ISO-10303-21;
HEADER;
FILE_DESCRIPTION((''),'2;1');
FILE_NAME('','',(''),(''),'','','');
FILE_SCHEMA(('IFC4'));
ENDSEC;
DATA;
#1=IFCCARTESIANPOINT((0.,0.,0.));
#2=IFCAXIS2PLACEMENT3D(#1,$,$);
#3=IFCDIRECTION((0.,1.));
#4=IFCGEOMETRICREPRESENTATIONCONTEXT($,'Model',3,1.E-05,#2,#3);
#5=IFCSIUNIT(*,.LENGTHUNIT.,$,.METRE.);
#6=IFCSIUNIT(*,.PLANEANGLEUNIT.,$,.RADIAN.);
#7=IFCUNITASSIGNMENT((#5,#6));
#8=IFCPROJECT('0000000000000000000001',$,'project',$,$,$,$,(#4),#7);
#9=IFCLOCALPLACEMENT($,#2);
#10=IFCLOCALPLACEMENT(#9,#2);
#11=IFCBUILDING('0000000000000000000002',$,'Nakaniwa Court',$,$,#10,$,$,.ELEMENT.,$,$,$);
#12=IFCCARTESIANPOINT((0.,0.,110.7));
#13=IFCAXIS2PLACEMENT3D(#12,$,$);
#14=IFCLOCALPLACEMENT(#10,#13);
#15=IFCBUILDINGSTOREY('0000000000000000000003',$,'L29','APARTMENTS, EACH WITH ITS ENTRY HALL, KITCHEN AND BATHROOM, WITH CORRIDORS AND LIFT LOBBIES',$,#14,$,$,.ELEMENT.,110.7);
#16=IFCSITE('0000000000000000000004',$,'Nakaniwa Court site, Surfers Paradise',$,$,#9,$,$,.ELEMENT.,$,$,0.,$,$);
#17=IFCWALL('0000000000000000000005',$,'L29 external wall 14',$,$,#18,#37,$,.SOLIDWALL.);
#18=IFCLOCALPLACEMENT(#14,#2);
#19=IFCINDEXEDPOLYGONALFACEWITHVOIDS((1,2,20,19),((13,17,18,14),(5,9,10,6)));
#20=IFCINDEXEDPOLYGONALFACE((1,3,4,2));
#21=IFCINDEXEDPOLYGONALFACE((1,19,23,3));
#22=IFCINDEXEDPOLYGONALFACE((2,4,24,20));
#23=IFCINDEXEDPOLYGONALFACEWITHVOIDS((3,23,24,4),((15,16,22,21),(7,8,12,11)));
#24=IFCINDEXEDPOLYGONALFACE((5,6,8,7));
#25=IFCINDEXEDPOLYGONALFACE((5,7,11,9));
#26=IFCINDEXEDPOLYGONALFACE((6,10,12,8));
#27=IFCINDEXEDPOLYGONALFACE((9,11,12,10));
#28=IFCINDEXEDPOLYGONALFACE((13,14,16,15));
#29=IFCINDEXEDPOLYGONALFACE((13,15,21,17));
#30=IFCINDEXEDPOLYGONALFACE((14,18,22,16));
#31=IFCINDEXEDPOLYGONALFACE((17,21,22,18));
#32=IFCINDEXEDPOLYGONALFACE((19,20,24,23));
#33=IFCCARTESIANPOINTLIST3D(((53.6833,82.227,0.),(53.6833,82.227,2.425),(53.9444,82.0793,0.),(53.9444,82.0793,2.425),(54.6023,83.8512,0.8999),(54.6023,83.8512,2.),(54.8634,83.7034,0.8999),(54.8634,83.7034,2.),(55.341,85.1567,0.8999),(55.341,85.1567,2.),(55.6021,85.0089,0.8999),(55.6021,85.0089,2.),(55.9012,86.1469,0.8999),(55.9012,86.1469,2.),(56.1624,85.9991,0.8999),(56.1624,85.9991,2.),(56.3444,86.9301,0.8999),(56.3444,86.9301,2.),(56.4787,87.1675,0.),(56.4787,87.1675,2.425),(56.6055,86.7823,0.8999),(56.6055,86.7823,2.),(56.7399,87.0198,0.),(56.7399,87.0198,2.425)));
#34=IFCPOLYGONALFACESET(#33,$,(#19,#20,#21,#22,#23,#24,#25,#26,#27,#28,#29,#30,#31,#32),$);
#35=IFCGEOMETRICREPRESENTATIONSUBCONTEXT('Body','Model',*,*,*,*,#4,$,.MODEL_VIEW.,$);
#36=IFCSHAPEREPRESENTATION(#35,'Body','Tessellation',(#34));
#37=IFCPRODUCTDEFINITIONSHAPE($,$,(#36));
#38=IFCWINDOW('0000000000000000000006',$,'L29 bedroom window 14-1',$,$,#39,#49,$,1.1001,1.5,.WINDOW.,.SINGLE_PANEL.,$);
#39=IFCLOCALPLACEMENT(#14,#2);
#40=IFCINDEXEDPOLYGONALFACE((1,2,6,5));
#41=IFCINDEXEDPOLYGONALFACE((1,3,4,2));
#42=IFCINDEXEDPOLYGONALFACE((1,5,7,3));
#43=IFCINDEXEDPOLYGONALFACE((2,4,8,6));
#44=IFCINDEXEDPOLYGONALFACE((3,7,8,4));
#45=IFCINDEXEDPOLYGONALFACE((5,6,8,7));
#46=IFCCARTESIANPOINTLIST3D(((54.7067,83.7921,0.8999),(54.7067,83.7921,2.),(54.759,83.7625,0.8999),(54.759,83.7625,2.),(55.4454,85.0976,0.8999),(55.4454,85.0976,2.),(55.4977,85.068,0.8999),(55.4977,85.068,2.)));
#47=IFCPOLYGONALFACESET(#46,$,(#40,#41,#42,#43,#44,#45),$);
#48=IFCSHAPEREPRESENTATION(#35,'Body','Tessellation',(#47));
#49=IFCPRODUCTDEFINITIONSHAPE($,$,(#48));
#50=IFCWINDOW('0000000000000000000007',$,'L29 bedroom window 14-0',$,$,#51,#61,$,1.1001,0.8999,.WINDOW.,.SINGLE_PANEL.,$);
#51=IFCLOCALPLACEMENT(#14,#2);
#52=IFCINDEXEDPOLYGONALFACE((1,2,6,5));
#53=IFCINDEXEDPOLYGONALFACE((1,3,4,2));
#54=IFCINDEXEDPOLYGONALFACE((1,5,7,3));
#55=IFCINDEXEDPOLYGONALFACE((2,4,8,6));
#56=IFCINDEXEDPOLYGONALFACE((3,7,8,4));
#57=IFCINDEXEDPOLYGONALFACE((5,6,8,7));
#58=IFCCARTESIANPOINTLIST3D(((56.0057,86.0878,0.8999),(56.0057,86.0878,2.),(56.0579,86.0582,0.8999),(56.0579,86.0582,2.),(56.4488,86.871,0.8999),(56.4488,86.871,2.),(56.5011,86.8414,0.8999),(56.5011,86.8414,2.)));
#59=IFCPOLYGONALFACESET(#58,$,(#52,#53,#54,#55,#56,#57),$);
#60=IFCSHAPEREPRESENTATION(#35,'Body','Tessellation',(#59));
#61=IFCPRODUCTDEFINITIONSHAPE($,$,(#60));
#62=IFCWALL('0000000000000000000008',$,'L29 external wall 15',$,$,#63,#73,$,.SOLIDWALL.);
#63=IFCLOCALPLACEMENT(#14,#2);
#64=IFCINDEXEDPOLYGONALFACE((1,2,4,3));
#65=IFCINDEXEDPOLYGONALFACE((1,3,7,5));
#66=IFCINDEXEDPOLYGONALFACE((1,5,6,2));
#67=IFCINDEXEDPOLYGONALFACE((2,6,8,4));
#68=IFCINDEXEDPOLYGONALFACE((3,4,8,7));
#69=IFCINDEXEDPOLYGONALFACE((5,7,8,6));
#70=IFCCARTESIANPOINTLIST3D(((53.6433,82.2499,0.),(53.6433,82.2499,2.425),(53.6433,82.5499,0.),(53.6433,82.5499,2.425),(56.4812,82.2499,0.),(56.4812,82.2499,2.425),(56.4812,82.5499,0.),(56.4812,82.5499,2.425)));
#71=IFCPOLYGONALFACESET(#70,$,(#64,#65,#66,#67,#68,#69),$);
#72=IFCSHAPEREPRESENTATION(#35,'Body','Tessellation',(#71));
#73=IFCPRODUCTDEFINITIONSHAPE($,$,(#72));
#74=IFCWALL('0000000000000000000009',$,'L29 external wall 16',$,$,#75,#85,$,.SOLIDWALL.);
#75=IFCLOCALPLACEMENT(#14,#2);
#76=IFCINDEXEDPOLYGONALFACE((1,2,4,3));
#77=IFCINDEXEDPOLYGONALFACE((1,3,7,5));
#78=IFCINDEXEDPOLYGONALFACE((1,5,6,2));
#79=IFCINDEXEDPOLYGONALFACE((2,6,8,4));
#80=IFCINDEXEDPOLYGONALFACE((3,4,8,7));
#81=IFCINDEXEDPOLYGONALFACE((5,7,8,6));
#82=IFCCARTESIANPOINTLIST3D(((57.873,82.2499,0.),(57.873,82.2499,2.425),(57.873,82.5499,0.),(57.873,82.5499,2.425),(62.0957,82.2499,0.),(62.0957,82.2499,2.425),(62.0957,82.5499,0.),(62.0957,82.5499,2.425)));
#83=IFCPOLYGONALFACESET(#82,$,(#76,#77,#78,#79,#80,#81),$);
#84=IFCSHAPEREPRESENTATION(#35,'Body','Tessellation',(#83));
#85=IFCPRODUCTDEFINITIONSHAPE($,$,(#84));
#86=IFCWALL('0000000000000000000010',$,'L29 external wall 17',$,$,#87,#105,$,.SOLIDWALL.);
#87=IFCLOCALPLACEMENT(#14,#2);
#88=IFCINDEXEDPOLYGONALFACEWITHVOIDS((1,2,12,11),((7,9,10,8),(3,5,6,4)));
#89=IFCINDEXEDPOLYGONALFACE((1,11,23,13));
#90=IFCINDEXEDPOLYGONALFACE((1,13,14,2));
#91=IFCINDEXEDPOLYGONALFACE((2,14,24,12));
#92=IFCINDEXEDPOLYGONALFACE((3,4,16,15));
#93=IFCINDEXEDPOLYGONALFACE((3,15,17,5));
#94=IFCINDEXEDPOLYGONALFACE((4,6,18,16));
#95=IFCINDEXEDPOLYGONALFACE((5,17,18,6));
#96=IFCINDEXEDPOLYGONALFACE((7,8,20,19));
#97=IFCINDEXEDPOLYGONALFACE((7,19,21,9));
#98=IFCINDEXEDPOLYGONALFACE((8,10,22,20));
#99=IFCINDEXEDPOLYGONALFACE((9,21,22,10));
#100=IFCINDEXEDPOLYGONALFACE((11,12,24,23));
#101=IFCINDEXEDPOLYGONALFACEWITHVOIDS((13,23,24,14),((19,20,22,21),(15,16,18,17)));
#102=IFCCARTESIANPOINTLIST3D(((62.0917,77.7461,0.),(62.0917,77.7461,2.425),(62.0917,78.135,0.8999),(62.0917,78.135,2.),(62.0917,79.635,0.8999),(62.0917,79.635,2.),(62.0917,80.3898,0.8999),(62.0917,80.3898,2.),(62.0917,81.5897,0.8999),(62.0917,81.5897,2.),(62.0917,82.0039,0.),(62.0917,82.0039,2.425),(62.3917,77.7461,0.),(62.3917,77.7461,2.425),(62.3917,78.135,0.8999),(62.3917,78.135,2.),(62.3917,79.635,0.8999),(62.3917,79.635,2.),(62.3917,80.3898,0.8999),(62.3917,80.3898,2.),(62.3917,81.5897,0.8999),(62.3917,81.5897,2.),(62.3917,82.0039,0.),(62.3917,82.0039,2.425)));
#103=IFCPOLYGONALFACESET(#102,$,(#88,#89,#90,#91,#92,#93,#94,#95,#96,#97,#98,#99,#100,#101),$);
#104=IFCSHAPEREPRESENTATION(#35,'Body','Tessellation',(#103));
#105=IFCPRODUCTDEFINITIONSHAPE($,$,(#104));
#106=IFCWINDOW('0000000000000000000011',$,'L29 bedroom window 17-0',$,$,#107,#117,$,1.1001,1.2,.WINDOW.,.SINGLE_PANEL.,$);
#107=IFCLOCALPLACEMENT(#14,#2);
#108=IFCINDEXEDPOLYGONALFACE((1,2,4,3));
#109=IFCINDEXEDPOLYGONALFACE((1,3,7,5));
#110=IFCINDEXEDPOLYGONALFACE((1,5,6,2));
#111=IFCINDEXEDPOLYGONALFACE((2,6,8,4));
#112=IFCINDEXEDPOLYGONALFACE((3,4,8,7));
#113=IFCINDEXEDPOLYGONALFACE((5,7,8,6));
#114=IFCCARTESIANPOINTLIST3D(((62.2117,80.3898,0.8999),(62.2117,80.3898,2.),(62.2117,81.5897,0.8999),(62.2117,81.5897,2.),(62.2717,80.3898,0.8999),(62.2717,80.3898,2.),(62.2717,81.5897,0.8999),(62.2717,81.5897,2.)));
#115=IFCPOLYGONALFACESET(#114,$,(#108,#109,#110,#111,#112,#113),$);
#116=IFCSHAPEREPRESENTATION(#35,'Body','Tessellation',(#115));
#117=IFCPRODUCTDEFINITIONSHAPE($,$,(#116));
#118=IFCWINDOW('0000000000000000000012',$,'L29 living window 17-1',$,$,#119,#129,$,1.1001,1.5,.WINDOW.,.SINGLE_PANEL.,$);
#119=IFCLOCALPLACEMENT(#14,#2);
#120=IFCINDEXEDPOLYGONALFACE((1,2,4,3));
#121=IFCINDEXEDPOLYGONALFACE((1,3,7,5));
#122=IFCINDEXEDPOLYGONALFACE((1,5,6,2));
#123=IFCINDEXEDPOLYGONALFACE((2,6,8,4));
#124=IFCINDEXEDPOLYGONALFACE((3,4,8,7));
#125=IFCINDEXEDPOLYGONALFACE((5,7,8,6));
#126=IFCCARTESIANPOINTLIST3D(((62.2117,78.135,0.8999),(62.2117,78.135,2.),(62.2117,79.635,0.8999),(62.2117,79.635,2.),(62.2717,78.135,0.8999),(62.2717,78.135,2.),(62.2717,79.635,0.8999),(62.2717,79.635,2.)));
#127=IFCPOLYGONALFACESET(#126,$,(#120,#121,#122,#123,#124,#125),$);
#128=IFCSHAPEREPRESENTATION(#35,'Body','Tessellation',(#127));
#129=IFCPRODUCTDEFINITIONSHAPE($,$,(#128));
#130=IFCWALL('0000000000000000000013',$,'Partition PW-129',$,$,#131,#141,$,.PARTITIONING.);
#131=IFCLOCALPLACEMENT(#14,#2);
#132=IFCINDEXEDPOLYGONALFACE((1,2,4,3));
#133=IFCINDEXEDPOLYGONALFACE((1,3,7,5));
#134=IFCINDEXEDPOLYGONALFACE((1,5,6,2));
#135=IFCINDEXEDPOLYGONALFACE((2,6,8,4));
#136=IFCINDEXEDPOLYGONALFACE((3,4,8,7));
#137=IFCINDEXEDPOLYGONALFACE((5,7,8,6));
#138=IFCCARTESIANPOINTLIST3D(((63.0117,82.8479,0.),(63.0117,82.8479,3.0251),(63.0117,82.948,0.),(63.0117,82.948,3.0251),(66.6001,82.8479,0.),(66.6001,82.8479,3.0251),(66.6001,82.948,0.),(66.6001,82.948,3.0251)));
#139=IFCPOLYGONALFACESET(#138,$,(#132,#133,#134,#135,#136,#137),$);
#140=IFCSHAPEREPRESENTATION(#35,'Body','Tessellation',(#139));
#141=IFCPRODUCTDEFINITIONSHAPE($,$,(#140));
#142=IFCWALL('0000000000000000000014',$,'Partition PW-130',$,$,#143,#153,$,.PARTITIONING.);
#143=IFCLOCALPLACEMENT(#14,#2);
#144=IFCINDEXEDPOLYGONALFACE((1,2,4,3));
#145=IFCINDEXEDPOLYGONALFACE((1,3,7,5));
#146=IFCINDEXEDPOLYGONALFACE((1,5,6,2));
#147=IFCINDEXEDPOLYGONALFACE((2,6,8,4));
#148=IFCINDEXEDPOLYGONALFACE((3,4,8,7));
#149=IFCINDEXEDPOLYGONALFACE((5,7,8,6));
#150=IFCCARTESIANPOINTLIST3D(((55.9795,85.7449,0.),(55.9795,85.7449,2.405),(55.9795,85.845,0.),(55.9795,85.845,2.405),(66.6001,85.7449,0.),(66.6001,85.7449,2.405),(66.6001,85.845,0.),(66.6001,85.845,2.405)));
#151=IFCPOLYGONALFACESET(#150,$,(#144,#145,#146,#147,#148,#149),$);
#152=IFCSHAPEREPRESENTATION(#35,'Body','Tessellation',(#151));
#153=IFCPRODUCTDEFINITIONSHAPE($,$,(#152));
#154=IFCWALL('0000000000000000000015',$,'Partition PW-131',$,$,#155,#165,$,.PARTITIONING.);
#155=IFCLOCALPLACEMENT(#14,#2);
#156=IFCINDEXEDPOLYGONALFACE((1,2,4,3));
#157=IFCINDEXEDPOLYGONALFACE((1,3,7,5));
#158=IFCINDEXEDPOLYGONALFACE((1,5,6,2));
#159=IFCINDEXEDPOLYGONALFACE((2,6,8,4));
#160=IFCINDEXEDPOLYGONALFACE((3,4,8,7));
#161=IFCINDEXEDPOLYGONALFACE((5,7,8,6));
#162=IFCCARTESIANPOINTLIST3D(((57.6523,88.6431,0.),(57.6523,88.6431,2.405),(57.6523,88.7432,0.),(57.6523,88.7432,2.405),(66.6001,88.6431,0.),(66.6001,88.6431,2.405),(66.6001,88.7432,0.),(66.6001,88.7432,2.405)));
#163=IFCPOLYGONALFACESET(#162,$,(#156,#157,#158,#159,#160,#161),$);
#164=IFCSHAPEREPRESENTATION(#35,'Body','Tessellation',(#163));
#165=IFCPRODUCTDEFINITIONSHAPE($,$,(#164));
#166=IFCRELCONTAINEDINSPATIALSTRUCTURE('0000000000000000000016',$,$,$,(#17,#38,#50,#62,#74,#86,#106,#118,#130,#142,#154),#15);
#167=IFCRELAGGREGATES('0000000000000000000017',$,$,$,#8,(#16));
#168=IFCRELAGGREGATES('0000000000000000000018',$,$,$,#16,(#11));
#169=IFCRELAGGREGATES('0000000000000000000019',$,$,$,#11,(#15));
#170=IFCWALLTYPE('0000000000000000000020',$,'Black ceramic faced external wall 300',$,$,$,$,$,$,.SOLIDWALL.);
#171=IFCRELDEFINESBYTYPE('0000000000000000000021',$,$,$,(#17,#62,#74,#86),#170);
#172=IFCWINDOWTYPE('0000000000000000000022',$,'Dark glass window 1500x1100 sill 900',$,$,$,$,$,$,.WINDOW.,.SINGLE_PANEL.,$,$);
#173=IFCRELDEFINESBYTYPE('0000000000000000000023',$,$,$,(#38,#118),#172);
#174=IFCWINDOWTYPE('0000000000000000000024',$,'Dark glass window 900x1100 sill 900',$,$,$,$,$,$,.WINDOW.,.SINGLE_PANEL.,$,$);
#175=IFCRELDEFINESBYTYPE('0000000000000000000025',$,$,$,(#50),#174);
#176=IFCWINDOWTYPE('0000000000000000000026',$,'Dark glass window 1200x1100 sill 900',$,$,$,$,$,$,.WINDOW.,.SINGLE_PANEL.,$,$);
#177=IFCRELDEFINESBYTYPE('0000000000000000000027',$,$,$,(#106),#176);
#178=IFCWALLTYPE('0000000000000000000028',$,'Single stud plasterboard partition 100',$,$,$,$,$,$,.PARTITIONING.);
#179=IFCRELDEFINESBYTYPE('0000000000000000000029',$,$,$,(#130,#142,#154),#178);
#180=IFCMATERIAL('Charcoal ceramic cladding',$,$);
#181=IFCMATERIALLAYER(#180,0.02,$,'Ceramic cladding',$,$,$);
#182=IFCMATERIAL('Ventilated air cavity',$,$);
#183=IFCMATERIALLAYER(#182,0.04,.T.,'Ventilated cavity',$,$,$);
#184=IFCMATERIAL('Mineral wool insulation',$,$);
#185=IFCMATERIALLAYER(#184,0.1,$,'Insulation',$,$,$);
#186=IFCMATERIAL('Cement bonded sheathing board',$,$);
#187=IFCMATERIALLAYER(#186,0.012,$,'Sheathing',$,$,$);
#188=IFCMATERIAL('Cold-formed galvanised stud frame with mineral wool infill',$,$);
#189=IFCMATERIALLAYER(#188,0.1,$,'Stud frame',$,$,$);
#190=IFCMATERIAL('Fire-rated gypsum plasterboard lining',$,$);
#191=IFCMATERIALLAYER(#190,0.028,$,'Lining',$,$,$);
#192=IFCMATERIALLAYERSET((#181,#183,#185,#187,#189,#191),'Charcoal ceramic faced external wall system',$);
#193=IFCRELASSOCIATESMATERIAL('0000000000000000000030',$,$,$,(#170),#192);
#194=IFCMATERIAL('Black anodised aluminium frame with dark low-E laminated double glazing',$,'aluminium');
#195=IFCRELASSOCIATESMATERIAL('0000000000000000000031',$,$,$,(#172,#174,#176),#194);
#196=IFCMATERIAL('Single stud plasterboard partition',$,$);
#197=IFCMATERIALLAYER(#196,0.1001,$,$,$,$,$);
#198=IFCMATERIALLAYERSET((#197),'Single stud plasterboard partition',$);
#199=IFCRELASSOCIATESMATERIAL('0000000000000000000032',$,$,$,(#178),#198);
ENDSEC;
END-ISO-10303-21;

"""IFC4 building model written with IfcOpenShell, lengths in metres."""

from ifc_helpers import new_model, si_unit, direction, frame, frame_2d, origin, place, context, subcontext, project, spatial, rectangle, extrude, material, layer, layer_set, type_object, element, fill, save


model = new_model("IFC4")

# Units and contexts
model_context = context("Model", 3, precision=1e-05, world=origin(), true_north=direction((0.0, 1.0)))
body_context = subcontext(model_context, "Body", "Model", "MODEL_VIEW")
ifc_project = project(units=[si_unit("LENGTHUNIT", "METRE"), si_unit("PLANEANGLEUNIT", "RADIAN")], contexts=[model_context])

# Site, building, storey
site_placement = place(None, origin())
site = spatial("IfcSite", under=ifc_project, at=site_placement, Name="Nakaniwa Court site, Surfers Paradise", CompositionType="ELEMENT", RefElevation=0.0)
building_placement = place(site_placement, origin())
building = spatial("IfcBuilding", under=site, at=building_placement, Name="Nakaniwa Court", CompositionType="ELEMENT")
storey_placement = place(building_placement, frame((0.0, 0.0, 110.7)))
storey = spatial("IfcBuildingStorey", under=building, at=storey_placement, Name="L29", Description="APARTMENTS, EACH WITH ITS ENTRY HALL, KITCHEN AND BATHROOM, WITH CORRIDORS AND LIFT LOBBIES", CompositionType="ELEMENT", Elevation=110.7)

# Shared definitions
ifc_material_1 = material(Name="Charcoal ceramic cladding")
ifc_layer_1 = layer(ifc_material_1, 0.02, Name="Ceramic cladding")
ifc_material_2 = material(Name="Ventilated air cavity")
ifc_layer_2 = layer(ifc_material_2, 0.04, ventilated=True, Name="Ventilated cavity")
ifc_material_3 = material(Name="Mineral wool insulation")
ifc_layer_3 = layer(ifc_material_3, 0.1, Name="Insulation")
ifc_material_4 = material(Name="Cement bonded sheathing board")
ifc_layer_4 = layer(ifc_material_4, 0.012, Name="Sheathing")
ifc_material_5 = material(Name="Cold-formed galvanised stud frame with mineral wool infill")
ifc_layer_5 = layer(ifc_material_5, 0.1, Name="Stud frame")
ifc_material_6 = material(Name="Fire-rated gypsum plasterboard lining")
ifc_layer_6 = layer(ifc_material_6, 0.028, Name="Lining")
ifc_layer_set_1 = layer_set([ifc_layer_1, ifc_layer_2, ifc_layer_3, ifc_layer_4, ifc_layer_5, ifc_layer_6], Name="Charcoal ceramic faced external wall system")
wall_type_1 = type_object("IfcWallType", Name="Black ceramic faced external wall 300", PredefinedType="SOLIDWALL", material=ifc_layer_set_1)

# Wall, openings, windows
wall_1_placement = place(storey_placement, frame((56.6094, 87.0938, 0.0), z_axis=(0.0, 0.0, 1.0), x_axis=(-0.492457, -0.870337, 0.0)))
wall_1 = element("IfcWall", 1, at=wall_1_placement, inside=storey, type_object=wall_type_1, Name="L29 external wall 14", PredefinedType="SOLIDWALL", context=body_context, shape_type="SweptSolid", body=[
    extrude(rectangle(XDim=5.6765, YDim=0.3, at=frame_2d((2.8384, 0.0))), origin(), (0.0, 0.0, 1.0), 2.425),
])
opening_1_placement = place(wall_1_placement, frame((0.2729, 0.0, 0.8999)))
opening_1 = element("IfcOpeningElement", 2, at=opening_1_placement, cuts=wall_1, PredefinedType="OPENING", context=body_context, shape_type="SweptSolid", body=[
    extrude(rectangle(XDim=0.8999, YDim=1.1001, at=frame_2d((0.45, 0.55))), frame((0.0, 0.1599, 0.0), z_axis=(0.0, -1.0, 0.0), x_axis=(1.0, 0.0, 0.0)), (0.0, 0.0, 1.0), 0.3201),
])
opening_2_placement = place(wall_1_placement, frame((2.3105, 0.0, 0.8999)))
opening_2 = element("IfcOpeningElement", 3, at=opening_2_placement, cuts=wall_1, PredefinedType="OPENING", context=body_context, shape_type="SweptSolid", body=[
    extrude(rectangle(XDim=1.5, YDim=1.1001, at=frame_2d((0.75, 0.55))), frame((0.0, 0.1599, 0.0), z_axis=(0.0, -1.0, 0.0), x_axis=(1.0, 0.0, 0.0)), (0.0, 0.0, 1.0), 0.3201),
])
ifc_material_7 = material(Name="Black anodised aluminium frame with dark low-E laminated double glazing", Category="aluminium")
window_type_1 = type_object("IfcWindowType", Name="Dark glass window 1500x1100 sill 900", PartitioningType="SINGLE_PANEL", PredefinedType="WINDOW", material=ifc_material_7)
window_1_placement = place(opening_2_placement, origin())
window_1 = element("IfcWindow", 4, at=window_1_placement, inside=storey, type_object=window_type_1, Name="L29 bedroom window 14-1", OverallHeight=1.1001, OverallWidth=1.5, PartitioningType="SINGLE_PANEL", PredefinedType="WINDOW", context=body_context, shape_type="SweptSolid", body=[
    extrude(rectangle(XDim=1.5, YDim=1.1001, at=frame_2d((0.75, 0.55))), frame((0.0, 0.03, 0.0), z_axis=(0.0, -1.0, 0.0), x_axis=(1.0, 0.0, 0.0)), (0.0, 0.0, 1.0), 0.0601),
])
fill(opening_2, window_1)
window_type_2 = type_object("IfcWindowType", Name="Dark glass window 900x1100 sill 900", PartitioningType="SINGLE_PANEL", PredefinedType="WINDOW", material=ifc_material_7)
window_2_placement = place(opening_1_placement, origin())
window_2 = element("IfcWindow", 5, at=window_2_placement, inside=storey, type_object=window_type_2, Name="L29 bedroom window 14-0", OverallHeight=1.1001, OverallWidth=0.8999, PartitioningType="SINGLE_PANEL", PredefinedType="WINDOW", context=body_context, shape_type="SweptSolid", body=[
    extrude(rectangle(XDim=0.8999, YDim=1.1001, at=frame_2d((0.45, 0.55))), frame((0.0, 0.03, 0.0), z_axis=(0.0, -1.0, 0.0), x_axis=(1.0, 0.0, 0.0)), (0.0, 0.0, 1.0), 0.0601),
])
fill(opening_1, window_2)

# Walls
wall_2_placement = place(storey_placement, frame((53.6433, 82.3999, 0.0), z_axis=(0.0, 0.0, 1.0), x_axis=(1.0, 0.0, 0.0)))
element("IfcWall", 6, at=wall_2_placement, inside=storey, type_object=wall_type_1, Name="L29 external wall 15", PredefinedType="SOLIDWALL", context=body_context, shape_type="SweptSolid", body=[
    extrude(rectangle(XDim=2.8379, YDim=0.3, at=frame_2d((1.4189, 0.0))), origin(), (0.0, 0.0, 1.0), 2.425),
])
wall_3_placement = place(storey_placement, frame((57.873, 82.3999, 0.0), z_axis=(0.0, 0.0, 1.0), x_axis=(1.0, 0.0, 0.0)))
element("IfcWall", 7, at=wall_3_placement, inside=storey, type_object=wall_type_1, Name="L29 external wall 16", PredefinedType="SOLIDWALL", context=body_context, shape_type="SweptSolid", body=[
    extrude(rectangle(XDim=4.2227, YDim=0.3, at=frame_2d((2.1113, 0.0))), origin(), (0.0, 0.0, 1.0), 2.425),
])

# Wall, openings, windows
wall_4_placement = place(storey_placement, frame((62.2417, 82.0039, 0.0), z_axis=(0.0, 0.0, 1.0), x_axis=(0.0, -1.0, 0.0)))
wall_4 = element("IfcWall", 8, at=wall_4_placement, inside=storey, type_object=wall_type_1, Name="L29 external wall 17", PredefinedType="SOLIDWALL", context=body_context, shape_type="SweptSolid", body=[
    extrude(rectangle(XDim=4.2578, YDim=0.3, at=frame_2d((2.1289, 0.0))), origin(), (0.0, 0.0, 1.0), 2.425),
])
opening_3_placement = place(wall_4_placement, frame((0.4141, 0.0, 0.8999)))
opening_3 = element("IfcOpeningElement", 9, at=opening_3_placement, cuts=wall_4, PredefinedType="OPENING", context=body_context, shape_type="SweptSolid", body=[
    extrude(rectangle(XDim=1.2, YDim=1.1001, at=frame_2d((0.6001, 0.55))), frame((0.0, 0.1599, 0.0), z_axis=(0.0, -1.0, 0.0), x_axis=(1.0, 0.0, 0.0)), (0.0, 0.0, 1.0), 0.3201),
])
opening_4_placement = place(wall_4_placement, frame((2.3689, 0.0, 0.8999)))
opening_4 = element("IfcOpeningElement", 10, at=opening_4_placement, cuts=wall_4, PredefinedType="OPENING", context=body_context, shape_type="SweptSolid", body=[
    extrude(rectangle(XDim=1.5, YDim=1.1001, at=frame_2d((0.75, 0.55))), frame((0.0, 0.1599, 0.0), z_axis=(0.0, -1.0, 0.0), x_axis=(1.0, 0.0, 0.0)), (0.0, 0.0, 1.0), 0.3201),
])
window_type_3 = type_object("IfcWindowType", Name="Dark glass window 1200x1100 sill 900", PartitioningType="SINGLE_PANEL", PredefinedType="WINDOW", material=ifc_material_7)
window_3_placement = place(opening_3_placement, origin())
window_3 = element("IfcWindow", 11, at=window_3_placement, inside=storey, type_object=window_type_3, Name="L29 bedroom window 17-0", OverallHeight=1.1001, OverallWidth=1.2, PartitioningType="SINGLE_PANEL", PredefinedType="WINDOW", context=body_context, shape_type="SweptSolid", body=[
    extrude(rectangle(XDim=1.2, YDim=1.1001, at=frame_2d((0.6001, 0.55))), frame((0.0, 0.03, 0.0), z_axis=(0.0, -1.0, 0.0), x_axis=(1.0, 0.0, 0.0)), (0.0, 0.0, 1.0), 0.0601),
])
fill(opening_3, window_3)
window_4_placement = place(opening_4_placement, origin())
window_4 = element("IfcWindow", 12, at=window_4_placement, inside=storey, type_object=window_type_1, Name="L29 living window 17-1", OverallHeight=1.1001, OverallWidth=1.5, PartitioningType="SINGLE_PANEL", PredefinedType="WINDOW", context=body_context, shape_type="SweptSolid", body=[
    extrude(rectangle(XDim=1.5, YDim=1.1001, at=frame_2d((0.75, 0.55))), frame((0.0, 0.03, 0.0), z_axis=(0.0, -1.0, 0.0), x_axis=(1.0, 0.0, 0.0)), (0.0, 0.0, 1.0), 0.0601),
])
fill(opening_4, window_4)

# Walls
ifc_material_8 = material(Name="Single stud plasterboard partition")
ifc_layer_7 = layer(ifc_material_8, 0.1001)
ifc_layer_set_2 = layer_set([ifc_layer_7], Name="Single stud plasterboard partition")
wall_type_2 = type_object("IfcWallType", Name="Single stud plasterboard partition 100", PredefinedType="PARTITIONING", material=ifc_layer_set_2)
wall_5_placement = place(storey_placement, frame((63.0117, 82.8979, 0.0), z_axis=(0.0, 0.0, 1.0), x_axis=(1.0, 0.0, 0.0)))
element("IfcWall", 13, at=wall_5_placement, inside=storey, type_object=wall_type_2, Name="Partition PW-129", PredefinedType="PARTITIONING", context=body_context, shape_type="SweptSolid", body=[
    extrude(rectangle(XDim=3.5884, YDim=0.1001, at=frame_2d((1.7942, 0.0))), origin(), (0.0, 0.0, 1.0), 3.0251),
])
wall_6_placement = place(storey_placement, frame((55.9795, 85.7949, 0.0), z_axis=(0.0, 0.0, 1.0), x_axis=(1.0, 0.0, 0.0)))
element("IfcWall", 14, at=wall_6_placement, inside=storey, type_object=wall_type_2, Name="Partition PW-130", PredefinedType="PARTITIONING", context=body_context, shape_type="SweptSolid", body=[
    extrude(rectangle(XDim=10.6206, YDim=0.1001, at=frame_2d((5.3103, 0.0))), origin(), (0.0, 0.0, 1.0), 2.405),
])
wall_7_placement = place(storey_placement, frame((57.6523, 88.6931, 0.0), z_axis=(0.0, 0.0, 1.0), x_axis=(1.0, 0.0, 0.0)))
element("IfcWall", 15, at=wall_7_placement, inside=storey, type_object=wall_type_2, Name="Partition PW-131", PredefinedType="PARTITIONING", context=body_context, shape_type="SweptSolid", body=[
    extrude(rectangle(XDim=8.9478, YDim=0.1001, at=frame_2d((4.4739, 0.0))), origin(), (0.0, 0.0, 1.0), 2.405),
])

save(model, "model.ifc")
